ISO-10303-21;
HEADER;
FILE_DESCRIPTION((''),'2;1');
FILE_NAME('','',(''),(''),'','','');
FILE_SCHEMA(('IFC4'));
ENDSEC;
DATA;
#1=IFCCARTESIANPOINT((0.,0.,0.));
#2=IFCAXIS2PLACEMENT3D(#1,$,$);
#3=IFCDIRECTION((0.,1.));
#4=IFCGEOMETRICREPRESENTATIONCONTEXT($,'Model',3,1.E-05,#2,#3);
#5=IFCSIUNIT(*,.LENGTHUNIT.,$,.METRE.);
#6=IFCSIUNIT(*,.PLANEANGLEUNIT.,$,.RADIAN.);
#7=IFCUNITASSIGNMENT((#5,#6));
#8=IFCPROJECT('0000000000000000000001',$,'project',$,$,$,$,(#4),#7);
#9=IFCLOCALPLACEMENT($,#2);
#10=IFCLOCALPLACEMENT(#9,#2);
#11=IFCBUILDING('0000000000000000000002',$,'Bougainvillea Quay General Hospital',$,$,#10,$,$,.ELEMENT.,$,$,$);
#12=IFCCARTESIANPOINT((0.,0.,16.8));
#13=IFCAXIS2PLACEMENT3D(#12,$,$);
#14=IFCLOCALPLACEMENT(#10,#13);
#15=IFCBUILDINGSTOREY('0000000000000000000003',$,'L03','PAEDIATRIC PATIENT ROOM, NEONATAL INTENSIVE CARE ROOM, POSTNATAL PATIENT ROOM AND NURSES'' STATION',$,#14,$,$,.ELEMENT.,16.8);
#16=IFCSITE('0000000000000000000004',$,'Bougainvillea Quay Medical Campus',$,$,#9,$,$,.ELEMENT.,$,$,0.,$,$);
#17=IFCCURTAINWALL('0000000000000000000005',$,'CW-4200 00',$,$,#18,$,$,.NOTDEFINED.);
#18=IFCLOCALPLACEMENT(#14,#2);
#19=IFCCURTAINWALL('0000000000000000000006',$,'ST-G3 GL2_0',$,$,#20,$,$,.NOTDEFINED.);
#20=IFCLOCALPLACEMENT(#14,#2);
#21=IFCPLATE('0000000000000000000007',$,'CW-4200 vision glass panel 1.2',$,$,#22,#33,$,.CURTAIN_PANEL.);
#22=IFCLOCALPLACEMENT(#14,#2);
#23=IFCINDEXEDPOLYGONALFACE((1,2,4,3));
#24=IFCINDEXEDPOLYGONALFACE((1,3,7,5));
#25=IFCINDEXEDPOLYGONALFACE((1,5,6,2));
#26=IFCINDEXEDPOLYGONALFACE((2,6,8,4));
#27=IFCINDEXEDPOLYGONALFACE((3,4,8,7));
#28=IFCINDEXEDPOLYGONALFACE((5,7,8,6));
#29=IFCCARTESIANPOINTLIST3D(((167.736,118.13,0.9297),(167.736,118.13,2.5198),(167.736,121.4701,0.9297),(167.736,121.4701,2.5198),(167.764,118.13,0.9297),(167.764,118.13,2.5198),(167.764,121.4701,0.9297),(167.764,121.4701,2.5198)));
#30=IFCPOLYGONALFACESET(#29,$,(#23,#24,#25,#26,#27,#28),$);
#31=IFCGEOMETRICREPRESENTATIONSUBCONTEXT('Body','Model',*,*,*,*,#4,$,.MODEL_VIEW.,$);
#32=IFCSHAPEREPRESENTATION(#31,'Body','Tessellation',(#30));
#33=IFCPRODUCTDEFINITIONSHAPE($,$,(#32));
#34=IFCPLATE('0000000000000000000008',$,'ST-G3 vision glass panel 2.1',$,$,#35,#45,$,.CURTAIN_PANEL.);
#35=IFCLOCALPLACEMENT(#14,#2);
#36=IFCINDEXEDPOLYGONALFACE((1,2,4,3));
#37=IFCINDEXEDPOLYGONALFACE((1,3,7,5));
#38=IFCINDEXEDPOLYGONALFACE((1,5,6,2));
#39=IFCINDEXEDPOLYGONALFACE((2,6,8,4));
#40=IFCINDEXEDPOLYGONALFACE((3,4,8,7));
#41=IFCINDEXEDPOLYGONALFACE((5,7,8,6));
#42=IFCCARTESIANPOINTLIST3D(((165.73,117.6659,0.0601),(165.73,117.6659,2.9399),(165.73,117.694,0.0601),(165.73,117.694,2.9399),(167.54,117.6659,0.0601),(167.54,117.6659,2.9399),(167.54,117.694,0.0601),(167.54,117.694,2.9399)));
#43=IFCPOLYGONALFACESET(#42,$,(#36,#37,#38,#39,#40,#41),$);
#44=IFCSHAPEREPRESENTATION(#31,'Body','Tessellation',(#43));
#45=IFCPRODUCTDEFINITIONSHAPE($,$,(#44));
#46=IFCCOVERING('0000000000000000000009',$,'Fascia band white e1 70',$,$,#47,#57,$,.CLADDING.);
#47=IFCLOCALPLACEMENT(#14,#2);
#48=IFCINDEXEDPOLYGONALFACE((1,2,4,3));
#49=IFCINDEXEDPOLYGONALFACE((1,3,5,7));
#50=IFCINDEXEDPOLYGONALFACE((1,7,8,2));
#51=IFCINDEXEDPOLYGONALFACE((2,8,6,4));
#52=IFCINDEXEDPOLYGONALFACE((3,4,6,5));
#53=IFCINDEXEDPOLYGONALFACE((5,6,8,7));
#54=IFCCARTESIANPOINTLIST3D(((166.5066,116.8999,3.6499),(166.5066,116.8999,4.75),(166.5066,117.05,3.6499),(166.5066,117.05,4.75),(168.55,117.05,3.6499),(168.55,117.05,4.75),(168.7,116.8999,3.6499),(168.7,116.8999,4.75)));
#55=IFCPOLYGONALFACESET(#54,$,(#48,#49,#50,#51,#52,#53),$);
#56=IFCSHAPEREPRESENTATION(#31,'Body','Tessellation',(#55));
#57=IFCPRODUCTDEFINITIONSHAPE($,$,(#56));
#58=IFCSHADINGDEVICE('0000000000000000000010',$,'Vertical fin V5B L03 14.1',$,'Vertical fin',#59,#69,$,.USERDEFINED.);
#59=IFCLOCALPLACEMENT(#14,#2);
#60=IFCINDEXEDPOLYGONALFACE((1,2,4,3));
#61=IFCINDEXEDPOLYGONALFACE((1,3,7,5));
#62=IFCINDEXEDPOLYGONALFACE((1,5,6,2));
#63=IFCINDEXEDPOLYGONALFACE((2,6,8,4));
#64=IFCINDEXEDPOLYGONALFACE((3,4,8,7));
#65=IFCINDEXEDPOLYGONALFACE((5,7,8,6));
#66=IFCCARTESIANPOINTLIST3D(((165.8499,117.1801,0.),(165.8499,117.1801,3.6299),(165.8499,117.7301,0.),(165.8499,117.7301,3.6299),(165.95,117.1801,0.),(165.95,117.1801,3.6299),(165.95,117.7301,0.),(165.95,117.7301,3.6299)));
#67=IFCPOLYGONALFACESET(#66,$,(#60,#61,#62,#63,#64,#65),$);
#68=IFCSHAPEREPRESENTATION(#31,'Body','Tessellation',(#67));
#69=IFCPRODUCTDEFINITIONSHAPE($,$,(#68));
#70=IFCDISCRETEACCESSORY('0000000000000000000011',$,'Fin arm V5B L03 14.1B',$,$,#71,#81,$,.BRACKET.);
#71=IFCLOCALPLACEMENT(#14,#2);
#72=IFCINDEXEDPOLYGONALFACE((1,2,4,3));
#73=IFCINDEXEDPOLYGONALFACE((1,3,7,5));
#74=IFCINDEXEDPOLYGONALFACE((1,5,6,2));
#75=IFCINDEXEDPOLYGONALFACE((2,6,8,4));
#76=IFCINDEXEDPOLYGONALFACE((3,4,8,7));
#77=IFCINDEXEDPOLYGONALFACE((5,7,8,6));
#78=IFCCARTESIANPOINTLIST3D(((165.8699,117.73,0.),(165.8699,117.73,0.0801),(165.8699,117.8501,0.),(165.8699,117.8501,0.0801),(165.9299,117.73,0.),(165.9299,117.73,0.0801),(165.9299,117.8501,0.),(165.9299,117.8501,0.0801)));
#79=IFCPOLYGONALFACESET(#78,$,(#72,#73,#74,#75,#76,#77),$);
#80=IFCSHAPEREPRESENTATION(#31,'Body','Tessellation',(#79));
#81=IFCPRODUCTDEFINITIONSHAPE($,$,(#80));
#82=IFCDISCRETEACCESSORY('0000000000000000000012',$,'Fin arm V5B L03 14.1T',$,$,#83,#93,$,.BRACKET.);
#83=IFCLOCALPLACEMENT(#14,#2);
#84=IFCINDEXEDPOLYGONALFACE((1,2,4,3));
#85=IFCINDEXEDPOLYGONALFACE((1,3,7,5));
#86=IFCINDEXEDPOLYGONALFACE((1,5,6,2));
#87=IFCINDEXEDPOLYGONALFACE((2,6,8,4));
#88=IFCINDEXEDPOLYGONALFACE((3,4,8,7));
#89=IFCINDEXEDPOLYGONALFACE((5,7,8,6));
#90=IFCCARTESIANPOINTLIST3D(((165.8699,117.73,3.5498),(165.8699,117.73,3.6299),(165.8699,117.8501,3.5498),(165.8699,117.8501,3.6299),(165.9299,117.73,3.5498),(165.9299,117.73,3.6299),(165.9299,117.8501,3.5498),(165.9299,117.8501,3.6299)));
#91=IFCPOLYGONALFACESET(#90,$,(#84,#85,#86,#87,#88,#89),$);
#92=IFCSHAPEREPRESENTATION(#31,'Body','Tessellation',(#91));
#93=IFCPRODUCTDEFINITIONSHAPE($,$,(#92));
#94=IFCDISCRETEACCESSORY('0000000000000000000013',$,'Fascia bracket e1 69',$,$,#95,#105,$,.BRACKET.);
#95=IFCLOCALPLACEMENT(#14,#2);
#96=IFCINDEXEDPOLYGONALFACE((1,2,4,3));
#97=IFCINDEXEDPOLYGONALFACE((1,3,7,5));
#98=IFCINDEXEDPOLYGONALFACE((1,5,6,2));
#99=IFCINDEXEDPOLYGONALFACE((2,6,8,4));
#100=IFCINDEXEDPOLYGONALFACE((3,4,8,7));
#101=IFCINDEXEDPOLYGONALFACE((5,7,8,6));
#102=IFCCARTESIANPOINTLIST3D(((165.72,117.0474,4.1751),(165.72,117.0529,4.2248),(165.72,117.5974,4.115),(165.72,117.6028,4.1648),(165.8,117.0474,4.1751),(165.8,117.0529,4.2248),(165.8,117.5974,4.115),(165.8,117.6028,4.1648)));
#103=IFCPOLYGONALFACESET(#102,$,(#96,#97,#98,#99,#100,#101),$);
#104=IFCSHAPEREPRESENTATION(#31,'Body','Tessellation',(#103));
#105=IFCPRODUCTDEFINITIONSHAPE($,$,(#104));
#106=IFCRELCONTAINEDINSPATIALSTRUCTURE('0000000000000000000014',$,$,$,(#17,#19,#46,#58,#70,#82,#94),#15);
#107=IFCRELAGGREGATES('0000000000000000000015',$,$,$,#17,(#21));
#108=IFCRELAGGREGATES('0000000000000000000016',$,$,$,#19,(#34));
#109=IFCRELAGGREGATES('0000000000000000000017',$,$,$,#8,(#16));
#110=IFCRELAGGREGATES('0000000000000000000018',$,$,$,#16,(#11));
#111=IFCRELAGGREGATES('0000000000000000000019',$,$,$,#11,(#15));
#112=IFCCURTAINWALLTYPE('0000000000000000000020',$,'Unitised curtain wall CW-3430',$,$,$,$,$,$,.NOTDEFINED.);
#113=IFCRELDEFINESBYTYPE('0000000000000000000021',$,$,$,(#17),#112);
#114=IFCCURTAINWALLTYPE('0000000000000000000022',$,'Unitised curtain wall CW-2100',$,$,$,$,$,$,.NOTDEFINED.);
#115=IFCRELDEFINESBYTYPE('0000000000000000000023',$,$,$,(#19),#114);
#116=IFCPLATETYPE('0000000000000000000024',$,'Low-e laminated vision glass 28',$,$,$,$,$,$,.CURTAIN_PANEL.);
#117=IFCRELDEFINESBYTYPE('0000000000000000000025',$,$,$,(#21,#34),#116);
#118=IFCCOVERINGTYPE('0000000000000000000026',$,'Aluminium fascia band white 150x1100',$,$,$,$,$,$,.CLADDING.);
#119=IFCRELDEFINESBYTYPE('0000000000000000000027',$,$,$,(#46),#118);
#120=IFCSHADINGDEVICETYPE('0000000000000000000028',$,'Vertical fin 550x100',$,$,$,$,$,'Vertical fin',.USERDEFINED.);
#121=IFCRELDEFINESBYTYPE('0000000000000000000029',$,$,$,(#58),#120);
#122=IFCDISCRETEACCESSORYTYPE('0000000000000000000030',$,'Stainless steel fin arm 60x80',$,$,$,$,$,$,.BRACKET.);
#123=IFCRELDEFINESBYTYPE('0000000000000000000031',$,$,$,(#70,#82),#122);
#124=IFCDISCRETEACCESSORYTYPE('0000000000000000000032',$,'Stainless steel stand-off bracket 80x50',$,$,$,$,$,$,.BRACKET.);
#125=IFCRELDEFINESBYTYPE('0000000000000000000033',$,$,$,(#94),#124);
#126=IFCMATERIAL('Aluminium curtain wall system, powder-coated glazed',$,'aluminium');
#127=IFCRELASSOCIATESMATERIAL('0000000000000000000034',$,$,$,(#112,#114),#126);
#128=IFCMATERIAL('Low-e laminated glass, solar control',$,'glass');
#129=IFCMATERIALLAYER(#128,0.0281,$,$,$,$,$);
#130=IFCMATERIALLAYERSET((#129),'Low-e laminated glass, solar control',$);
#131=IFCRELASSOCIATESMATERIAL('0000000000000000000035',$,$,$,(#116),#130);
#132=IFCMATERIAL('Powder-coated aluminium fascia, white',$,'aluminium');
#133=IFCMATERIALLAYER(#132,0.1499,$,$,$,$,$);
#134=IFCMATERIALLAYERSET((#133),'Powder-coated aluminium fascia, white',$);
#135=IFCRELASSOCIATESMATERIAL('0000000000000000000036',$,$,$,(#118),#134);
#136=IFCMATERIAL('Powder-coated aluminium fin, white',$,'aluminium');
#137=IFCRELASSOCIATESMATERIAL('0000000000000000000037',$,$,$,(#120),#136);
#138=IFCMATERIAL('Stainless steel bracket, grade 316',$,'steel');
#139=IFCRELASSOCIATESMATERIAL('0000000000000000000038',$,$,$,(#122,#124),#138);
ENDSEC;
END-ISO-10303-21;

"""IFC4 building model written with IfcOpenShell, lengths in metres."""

from ifc_helpers import new_model, si_unit, direction, frame, origin, origin_2d, place, context, subcontext, project, spatial, polyline, rectangle, outline, extrude, material, layer, layer_set, material_profile, profile_set, type_object, element, aggregate, save


model = new_model("IFC4")

# Units and contexts
model_context = context("Model", 3, precision=1e-05, world=origin(), true_north=direction((0.0, 1.0)))
body_context = subcontext(model_context, "Body", "Model", "MODEL_VIEW")
ifc_project = project(units=[si_unit("LENGTHUNIT", "METRE"), si_unit("PLANEANGLEUNIT", "RADIAN")], contexts=[model_context])

# Site, building, storey
site_placement = place(None, origin())
site = spatial("IfcSite", under=ifc_project, at=site_placement, Name="Bougainvillea Quay Medical Campus", CompositionType="ELEMENT", RefElevation=0.0)
building_placement = place(site_placement, origin())
building = spatial("IfcBuilding", under=site, at=building_placement, Name="Bougainvillea Quay General Hospital", CompositionType="ELEMENT")
storey_placement = place(building_placement, frame((0.0, 0.0, 16.8)))
storey = spatial("IfcBuildingStorey", under=building, at=storey_placement, Name="L03", Description="PAEDIATRIC PATIENT ROOM, NEONATAL INTENSIVE CARE ROOM, POSTNATAL PATIENT ROOM AND NURSES' STATION", CompositionType="ELEMENT", Elevation=16.8)

# Shared definitions
ifc_material_1 = material(Name="Aluminium curtain wall system, powder-coated glazed", Category="aluminium")

# Curtain walls
curtain_wall_type_1 = type_object("IfcCurtainWallType", Name="Unitised curtain wall CW-3430", PredefinedType="NOTDEFINED", material=ifc_material_1)
curtain_wall_1_placement = place(storey_placement, origin())
curtain_wall_1 = element("IfcCurtainWall", 1, at=curtain_wall_1_placement, inside=storey, type_object=curtain_wall_type_1, Name="CW-4200 00", PredefinedType="NOTDEFINED")
curtain_wall_type_2 = type_object("IfcCurtainWallType", Name="Unitised curtain wall CW-2100", PredefinedType="NOTDEFINED", material=ifc_material_1)
curtain_wall_2_placement = place(storey_placement, origin())
curtain_wall_2 = element("IfcCurtainWall", 2, at=curtain_wall_2_placement, inside=storey, type_object=curtain_wall_type_2, Name="ST-G3 GL2_0", PredefinedType="NOTDEFINED")

# Plates
ifc_material_2 = material(Name="Low-e laminated glass, solar control", Category="glass")
ifc_layer_1 = layer(ifc_material_2, 0.0281)
ifc_layer_set_1 = layer_set([ifc_layer_1], Name="Low-e laminated glass, solar control")
plate_type_1 = type_object("IfcPlateType", Name="Low-e laminated vision glass 28", PredefinedType="CURTAIN_PANEL", material=ifc_layer_set_1)
plate_1_placement = place(storey_placement, frame((167.75, 119.8, 0.9297), z_axis=(0.0, 0.0, 1.0), x_axis=(0.0, 1.0, 0.0)))
plate_1 = element("IfcPlate", 3, at=plate_1_placement, type_object=plate_type_1, Name="CW-4200 vision glass panel 1.2", PredefinedType="CURTAIN_PANEL", context=body_context, shape_type="SweptSolid", body=[
    extrude(rectangle(XDim=3.3401, YDim=0.0281, at=origin_2d()), origin(), (0.0, 0.0, 1.0), 1.5901),
])
aggregate(curtain_wall_1, [plate_1])
plate_2_placement = place(storey_placement, frame((166.635, 117.6799, 0.0601), z_axis=(0.0, 0.0, 1.0), x_axis=(1.0, 0.0, 0.0)))
plate_2 = element("IfcPlate", 4, at=plate_2_placement, type_object=plate_type_1, Name="ST-G3 vision glass panel 2.1", PredefinedType="CURTAIN_PANEL", context=body_context, shape_type="SweptSolid", body=[
    extrude(rectangle(XDim=1.8101, YDim=0.0281, at=origin_2d()), origin(), (0.0, 0.0, 1.0), 2.8799),
])
aggregate(curtain_wall_2, [plate_2])

# Covering
ifc_material_3 = material(Name="Powder-coated aluminium fascia, white", Category="aluminium")
ifc_layer_2 = layer(ifc_material_3, 0.1499)
ifc_layer_set_2 = layer_set([ifc_layer_2], Name="Powder-coated aluminium fascia, white")
covering_type = type_object("IfcCoveringType", Name="Aluminium fascia band white 150x1100", PredefinedType="CLADDING", material=ifc_layer_set_2)
covering_placement = place(storey_placement, frame((166.5066, 117.05, 3.6499), z_axis=(0.0, 0.0, 1.0), x_axis=(1.0, 0.0, 0.0)))
element("IfcCovering", 5, at=covering_placement, inside=storey, type_object=covering_type, Name="Fascia band white e1 70", PredefinedType="CLADDING", context=body_context, shape_type="SweptSolid", body=[
    extrude(outline(polyline([(0.0, 0.0), (2.0435, 0.0), (2.1934, -0.1501), (0.0, -0.1501), (0.0, 0.0)])), origin(), (0.0, 0.0, 1.0), 1.1001),
])

# Shading device
ifc_material_4 = material(Name="Powder-coated aluminium fin, white", Category="aluminium")
ifc_material_profile_1 = material_profile(ifc_material_4, rectangle(XDim=0.55, YDim=0.1001, at=origin_2d()))
ifc_profile_set_1 = profile_set([ifc_material_profile_1], Name="Powder-coated aluminium fin, white")
shading_device_type = type_object("IfcShadingDeviceType", Name="Vertical fin 550x100", ElementType="Vertical fin", PredefinedType="USERDEFINED", material=ifc_profile_set_1)
shading_device_placement = place(storey_placement, frame((165.8999, 117.4551, 0.0), z_axis=(0.0, 0.0, 1.0), x_axis=(0.0, -1.0, 0.0)))
element("IfcShadingDevice", 6, at=shading_device_placement, inside=storey, type_object=shading_device_type, Name="Vertical fin V5B L03 14.1", ObjectType="Vertical fin", PredefinedType="USERDEFINED", context=body_context, shape_type="SweptSolid", body=[
    extrude(rectangle(XDim=0.55, YDim=0.1001, at=origin_2d()), origin(), (0.0, 0.0, 1.0), 3.6299),
])

# Discrete accessories
ifc_material_5 = material(Name="Stainless steel bracket, grade 316", Category="steel")
discrete_accessory_type_1 = type_object("IfcDiscreteAccessoryType", Name="Stainless steel fin arm 60x80", PredefinedType="BRACKET", material=ifc_material_5)
for number, where, z_axis, x_axis, name in (
    (7, (165.8999, 117.79, 0.0), (0.0, 0.0, 1.0), (0.0, -1.0, 0.0), "Fin arm V5B L03 14.1B"),
    (8, (165.8999, 117.79, 3.5498), (0.0, 0.0, 1.0), (0.0, -1.0, 0.0), "Fin arm V5B L03 14.1T"),
):
    element("IfcDiscreteAccessory", number, at=place(storey_placement, frame(where, z_axis=z_axis, x_axis=x_axis)), inside=storey, type_object=discrete_accessory_type_1, Name=name, PredefinedType="BRACKET", context=body_context, shape_type="SweptSolid", body=[
        extrude(rectangle(XDim=0.1201, YDim=0.0601, at=origin_2d()), origin(), (0.0, 0.0, 1.0), 0.0801),
    ])
ifc_material_profile_2 = material_profile(ifc_material_5, rectangle(XDim=0.0801, YDim=0.05, at=origin_2d()))
ifc_profile_set_2 = profile_set([ifc_material_profile_2], Name="Stainless steel bracket, grade 316")
discrete_accessory_type_2 = type_object("IfcDiscreteAccessoryType", Name="Stainless steel stand-off bracket 80x50", PredefinedType="BRACKET", material=ifc_profile_set_2)
discrete_accessory_placement = place(storey_placement, frame((165.76, 117.6001, 4.1399), z_axis=(0.0, -0.994092, 0.108543), x_axis=(1.0, 0.0, 0.0)))
element("IfcDiscreteAccessory", 9, at=discrete_accessory_placement, inside=storey, type_object=discrete_accessory_type_2, Name="Fascia bracket e1 69", PredefinedType="BRACKET", context=body_context, shape_type="SweptSolid", body=[
    extrude(rectangle(XDim=0.0801, YDim=0.05, at=origin_2d()), origin(), (0.0, 0.0, 1.0), 0.5532),
])

save(model, "model.ifc")
